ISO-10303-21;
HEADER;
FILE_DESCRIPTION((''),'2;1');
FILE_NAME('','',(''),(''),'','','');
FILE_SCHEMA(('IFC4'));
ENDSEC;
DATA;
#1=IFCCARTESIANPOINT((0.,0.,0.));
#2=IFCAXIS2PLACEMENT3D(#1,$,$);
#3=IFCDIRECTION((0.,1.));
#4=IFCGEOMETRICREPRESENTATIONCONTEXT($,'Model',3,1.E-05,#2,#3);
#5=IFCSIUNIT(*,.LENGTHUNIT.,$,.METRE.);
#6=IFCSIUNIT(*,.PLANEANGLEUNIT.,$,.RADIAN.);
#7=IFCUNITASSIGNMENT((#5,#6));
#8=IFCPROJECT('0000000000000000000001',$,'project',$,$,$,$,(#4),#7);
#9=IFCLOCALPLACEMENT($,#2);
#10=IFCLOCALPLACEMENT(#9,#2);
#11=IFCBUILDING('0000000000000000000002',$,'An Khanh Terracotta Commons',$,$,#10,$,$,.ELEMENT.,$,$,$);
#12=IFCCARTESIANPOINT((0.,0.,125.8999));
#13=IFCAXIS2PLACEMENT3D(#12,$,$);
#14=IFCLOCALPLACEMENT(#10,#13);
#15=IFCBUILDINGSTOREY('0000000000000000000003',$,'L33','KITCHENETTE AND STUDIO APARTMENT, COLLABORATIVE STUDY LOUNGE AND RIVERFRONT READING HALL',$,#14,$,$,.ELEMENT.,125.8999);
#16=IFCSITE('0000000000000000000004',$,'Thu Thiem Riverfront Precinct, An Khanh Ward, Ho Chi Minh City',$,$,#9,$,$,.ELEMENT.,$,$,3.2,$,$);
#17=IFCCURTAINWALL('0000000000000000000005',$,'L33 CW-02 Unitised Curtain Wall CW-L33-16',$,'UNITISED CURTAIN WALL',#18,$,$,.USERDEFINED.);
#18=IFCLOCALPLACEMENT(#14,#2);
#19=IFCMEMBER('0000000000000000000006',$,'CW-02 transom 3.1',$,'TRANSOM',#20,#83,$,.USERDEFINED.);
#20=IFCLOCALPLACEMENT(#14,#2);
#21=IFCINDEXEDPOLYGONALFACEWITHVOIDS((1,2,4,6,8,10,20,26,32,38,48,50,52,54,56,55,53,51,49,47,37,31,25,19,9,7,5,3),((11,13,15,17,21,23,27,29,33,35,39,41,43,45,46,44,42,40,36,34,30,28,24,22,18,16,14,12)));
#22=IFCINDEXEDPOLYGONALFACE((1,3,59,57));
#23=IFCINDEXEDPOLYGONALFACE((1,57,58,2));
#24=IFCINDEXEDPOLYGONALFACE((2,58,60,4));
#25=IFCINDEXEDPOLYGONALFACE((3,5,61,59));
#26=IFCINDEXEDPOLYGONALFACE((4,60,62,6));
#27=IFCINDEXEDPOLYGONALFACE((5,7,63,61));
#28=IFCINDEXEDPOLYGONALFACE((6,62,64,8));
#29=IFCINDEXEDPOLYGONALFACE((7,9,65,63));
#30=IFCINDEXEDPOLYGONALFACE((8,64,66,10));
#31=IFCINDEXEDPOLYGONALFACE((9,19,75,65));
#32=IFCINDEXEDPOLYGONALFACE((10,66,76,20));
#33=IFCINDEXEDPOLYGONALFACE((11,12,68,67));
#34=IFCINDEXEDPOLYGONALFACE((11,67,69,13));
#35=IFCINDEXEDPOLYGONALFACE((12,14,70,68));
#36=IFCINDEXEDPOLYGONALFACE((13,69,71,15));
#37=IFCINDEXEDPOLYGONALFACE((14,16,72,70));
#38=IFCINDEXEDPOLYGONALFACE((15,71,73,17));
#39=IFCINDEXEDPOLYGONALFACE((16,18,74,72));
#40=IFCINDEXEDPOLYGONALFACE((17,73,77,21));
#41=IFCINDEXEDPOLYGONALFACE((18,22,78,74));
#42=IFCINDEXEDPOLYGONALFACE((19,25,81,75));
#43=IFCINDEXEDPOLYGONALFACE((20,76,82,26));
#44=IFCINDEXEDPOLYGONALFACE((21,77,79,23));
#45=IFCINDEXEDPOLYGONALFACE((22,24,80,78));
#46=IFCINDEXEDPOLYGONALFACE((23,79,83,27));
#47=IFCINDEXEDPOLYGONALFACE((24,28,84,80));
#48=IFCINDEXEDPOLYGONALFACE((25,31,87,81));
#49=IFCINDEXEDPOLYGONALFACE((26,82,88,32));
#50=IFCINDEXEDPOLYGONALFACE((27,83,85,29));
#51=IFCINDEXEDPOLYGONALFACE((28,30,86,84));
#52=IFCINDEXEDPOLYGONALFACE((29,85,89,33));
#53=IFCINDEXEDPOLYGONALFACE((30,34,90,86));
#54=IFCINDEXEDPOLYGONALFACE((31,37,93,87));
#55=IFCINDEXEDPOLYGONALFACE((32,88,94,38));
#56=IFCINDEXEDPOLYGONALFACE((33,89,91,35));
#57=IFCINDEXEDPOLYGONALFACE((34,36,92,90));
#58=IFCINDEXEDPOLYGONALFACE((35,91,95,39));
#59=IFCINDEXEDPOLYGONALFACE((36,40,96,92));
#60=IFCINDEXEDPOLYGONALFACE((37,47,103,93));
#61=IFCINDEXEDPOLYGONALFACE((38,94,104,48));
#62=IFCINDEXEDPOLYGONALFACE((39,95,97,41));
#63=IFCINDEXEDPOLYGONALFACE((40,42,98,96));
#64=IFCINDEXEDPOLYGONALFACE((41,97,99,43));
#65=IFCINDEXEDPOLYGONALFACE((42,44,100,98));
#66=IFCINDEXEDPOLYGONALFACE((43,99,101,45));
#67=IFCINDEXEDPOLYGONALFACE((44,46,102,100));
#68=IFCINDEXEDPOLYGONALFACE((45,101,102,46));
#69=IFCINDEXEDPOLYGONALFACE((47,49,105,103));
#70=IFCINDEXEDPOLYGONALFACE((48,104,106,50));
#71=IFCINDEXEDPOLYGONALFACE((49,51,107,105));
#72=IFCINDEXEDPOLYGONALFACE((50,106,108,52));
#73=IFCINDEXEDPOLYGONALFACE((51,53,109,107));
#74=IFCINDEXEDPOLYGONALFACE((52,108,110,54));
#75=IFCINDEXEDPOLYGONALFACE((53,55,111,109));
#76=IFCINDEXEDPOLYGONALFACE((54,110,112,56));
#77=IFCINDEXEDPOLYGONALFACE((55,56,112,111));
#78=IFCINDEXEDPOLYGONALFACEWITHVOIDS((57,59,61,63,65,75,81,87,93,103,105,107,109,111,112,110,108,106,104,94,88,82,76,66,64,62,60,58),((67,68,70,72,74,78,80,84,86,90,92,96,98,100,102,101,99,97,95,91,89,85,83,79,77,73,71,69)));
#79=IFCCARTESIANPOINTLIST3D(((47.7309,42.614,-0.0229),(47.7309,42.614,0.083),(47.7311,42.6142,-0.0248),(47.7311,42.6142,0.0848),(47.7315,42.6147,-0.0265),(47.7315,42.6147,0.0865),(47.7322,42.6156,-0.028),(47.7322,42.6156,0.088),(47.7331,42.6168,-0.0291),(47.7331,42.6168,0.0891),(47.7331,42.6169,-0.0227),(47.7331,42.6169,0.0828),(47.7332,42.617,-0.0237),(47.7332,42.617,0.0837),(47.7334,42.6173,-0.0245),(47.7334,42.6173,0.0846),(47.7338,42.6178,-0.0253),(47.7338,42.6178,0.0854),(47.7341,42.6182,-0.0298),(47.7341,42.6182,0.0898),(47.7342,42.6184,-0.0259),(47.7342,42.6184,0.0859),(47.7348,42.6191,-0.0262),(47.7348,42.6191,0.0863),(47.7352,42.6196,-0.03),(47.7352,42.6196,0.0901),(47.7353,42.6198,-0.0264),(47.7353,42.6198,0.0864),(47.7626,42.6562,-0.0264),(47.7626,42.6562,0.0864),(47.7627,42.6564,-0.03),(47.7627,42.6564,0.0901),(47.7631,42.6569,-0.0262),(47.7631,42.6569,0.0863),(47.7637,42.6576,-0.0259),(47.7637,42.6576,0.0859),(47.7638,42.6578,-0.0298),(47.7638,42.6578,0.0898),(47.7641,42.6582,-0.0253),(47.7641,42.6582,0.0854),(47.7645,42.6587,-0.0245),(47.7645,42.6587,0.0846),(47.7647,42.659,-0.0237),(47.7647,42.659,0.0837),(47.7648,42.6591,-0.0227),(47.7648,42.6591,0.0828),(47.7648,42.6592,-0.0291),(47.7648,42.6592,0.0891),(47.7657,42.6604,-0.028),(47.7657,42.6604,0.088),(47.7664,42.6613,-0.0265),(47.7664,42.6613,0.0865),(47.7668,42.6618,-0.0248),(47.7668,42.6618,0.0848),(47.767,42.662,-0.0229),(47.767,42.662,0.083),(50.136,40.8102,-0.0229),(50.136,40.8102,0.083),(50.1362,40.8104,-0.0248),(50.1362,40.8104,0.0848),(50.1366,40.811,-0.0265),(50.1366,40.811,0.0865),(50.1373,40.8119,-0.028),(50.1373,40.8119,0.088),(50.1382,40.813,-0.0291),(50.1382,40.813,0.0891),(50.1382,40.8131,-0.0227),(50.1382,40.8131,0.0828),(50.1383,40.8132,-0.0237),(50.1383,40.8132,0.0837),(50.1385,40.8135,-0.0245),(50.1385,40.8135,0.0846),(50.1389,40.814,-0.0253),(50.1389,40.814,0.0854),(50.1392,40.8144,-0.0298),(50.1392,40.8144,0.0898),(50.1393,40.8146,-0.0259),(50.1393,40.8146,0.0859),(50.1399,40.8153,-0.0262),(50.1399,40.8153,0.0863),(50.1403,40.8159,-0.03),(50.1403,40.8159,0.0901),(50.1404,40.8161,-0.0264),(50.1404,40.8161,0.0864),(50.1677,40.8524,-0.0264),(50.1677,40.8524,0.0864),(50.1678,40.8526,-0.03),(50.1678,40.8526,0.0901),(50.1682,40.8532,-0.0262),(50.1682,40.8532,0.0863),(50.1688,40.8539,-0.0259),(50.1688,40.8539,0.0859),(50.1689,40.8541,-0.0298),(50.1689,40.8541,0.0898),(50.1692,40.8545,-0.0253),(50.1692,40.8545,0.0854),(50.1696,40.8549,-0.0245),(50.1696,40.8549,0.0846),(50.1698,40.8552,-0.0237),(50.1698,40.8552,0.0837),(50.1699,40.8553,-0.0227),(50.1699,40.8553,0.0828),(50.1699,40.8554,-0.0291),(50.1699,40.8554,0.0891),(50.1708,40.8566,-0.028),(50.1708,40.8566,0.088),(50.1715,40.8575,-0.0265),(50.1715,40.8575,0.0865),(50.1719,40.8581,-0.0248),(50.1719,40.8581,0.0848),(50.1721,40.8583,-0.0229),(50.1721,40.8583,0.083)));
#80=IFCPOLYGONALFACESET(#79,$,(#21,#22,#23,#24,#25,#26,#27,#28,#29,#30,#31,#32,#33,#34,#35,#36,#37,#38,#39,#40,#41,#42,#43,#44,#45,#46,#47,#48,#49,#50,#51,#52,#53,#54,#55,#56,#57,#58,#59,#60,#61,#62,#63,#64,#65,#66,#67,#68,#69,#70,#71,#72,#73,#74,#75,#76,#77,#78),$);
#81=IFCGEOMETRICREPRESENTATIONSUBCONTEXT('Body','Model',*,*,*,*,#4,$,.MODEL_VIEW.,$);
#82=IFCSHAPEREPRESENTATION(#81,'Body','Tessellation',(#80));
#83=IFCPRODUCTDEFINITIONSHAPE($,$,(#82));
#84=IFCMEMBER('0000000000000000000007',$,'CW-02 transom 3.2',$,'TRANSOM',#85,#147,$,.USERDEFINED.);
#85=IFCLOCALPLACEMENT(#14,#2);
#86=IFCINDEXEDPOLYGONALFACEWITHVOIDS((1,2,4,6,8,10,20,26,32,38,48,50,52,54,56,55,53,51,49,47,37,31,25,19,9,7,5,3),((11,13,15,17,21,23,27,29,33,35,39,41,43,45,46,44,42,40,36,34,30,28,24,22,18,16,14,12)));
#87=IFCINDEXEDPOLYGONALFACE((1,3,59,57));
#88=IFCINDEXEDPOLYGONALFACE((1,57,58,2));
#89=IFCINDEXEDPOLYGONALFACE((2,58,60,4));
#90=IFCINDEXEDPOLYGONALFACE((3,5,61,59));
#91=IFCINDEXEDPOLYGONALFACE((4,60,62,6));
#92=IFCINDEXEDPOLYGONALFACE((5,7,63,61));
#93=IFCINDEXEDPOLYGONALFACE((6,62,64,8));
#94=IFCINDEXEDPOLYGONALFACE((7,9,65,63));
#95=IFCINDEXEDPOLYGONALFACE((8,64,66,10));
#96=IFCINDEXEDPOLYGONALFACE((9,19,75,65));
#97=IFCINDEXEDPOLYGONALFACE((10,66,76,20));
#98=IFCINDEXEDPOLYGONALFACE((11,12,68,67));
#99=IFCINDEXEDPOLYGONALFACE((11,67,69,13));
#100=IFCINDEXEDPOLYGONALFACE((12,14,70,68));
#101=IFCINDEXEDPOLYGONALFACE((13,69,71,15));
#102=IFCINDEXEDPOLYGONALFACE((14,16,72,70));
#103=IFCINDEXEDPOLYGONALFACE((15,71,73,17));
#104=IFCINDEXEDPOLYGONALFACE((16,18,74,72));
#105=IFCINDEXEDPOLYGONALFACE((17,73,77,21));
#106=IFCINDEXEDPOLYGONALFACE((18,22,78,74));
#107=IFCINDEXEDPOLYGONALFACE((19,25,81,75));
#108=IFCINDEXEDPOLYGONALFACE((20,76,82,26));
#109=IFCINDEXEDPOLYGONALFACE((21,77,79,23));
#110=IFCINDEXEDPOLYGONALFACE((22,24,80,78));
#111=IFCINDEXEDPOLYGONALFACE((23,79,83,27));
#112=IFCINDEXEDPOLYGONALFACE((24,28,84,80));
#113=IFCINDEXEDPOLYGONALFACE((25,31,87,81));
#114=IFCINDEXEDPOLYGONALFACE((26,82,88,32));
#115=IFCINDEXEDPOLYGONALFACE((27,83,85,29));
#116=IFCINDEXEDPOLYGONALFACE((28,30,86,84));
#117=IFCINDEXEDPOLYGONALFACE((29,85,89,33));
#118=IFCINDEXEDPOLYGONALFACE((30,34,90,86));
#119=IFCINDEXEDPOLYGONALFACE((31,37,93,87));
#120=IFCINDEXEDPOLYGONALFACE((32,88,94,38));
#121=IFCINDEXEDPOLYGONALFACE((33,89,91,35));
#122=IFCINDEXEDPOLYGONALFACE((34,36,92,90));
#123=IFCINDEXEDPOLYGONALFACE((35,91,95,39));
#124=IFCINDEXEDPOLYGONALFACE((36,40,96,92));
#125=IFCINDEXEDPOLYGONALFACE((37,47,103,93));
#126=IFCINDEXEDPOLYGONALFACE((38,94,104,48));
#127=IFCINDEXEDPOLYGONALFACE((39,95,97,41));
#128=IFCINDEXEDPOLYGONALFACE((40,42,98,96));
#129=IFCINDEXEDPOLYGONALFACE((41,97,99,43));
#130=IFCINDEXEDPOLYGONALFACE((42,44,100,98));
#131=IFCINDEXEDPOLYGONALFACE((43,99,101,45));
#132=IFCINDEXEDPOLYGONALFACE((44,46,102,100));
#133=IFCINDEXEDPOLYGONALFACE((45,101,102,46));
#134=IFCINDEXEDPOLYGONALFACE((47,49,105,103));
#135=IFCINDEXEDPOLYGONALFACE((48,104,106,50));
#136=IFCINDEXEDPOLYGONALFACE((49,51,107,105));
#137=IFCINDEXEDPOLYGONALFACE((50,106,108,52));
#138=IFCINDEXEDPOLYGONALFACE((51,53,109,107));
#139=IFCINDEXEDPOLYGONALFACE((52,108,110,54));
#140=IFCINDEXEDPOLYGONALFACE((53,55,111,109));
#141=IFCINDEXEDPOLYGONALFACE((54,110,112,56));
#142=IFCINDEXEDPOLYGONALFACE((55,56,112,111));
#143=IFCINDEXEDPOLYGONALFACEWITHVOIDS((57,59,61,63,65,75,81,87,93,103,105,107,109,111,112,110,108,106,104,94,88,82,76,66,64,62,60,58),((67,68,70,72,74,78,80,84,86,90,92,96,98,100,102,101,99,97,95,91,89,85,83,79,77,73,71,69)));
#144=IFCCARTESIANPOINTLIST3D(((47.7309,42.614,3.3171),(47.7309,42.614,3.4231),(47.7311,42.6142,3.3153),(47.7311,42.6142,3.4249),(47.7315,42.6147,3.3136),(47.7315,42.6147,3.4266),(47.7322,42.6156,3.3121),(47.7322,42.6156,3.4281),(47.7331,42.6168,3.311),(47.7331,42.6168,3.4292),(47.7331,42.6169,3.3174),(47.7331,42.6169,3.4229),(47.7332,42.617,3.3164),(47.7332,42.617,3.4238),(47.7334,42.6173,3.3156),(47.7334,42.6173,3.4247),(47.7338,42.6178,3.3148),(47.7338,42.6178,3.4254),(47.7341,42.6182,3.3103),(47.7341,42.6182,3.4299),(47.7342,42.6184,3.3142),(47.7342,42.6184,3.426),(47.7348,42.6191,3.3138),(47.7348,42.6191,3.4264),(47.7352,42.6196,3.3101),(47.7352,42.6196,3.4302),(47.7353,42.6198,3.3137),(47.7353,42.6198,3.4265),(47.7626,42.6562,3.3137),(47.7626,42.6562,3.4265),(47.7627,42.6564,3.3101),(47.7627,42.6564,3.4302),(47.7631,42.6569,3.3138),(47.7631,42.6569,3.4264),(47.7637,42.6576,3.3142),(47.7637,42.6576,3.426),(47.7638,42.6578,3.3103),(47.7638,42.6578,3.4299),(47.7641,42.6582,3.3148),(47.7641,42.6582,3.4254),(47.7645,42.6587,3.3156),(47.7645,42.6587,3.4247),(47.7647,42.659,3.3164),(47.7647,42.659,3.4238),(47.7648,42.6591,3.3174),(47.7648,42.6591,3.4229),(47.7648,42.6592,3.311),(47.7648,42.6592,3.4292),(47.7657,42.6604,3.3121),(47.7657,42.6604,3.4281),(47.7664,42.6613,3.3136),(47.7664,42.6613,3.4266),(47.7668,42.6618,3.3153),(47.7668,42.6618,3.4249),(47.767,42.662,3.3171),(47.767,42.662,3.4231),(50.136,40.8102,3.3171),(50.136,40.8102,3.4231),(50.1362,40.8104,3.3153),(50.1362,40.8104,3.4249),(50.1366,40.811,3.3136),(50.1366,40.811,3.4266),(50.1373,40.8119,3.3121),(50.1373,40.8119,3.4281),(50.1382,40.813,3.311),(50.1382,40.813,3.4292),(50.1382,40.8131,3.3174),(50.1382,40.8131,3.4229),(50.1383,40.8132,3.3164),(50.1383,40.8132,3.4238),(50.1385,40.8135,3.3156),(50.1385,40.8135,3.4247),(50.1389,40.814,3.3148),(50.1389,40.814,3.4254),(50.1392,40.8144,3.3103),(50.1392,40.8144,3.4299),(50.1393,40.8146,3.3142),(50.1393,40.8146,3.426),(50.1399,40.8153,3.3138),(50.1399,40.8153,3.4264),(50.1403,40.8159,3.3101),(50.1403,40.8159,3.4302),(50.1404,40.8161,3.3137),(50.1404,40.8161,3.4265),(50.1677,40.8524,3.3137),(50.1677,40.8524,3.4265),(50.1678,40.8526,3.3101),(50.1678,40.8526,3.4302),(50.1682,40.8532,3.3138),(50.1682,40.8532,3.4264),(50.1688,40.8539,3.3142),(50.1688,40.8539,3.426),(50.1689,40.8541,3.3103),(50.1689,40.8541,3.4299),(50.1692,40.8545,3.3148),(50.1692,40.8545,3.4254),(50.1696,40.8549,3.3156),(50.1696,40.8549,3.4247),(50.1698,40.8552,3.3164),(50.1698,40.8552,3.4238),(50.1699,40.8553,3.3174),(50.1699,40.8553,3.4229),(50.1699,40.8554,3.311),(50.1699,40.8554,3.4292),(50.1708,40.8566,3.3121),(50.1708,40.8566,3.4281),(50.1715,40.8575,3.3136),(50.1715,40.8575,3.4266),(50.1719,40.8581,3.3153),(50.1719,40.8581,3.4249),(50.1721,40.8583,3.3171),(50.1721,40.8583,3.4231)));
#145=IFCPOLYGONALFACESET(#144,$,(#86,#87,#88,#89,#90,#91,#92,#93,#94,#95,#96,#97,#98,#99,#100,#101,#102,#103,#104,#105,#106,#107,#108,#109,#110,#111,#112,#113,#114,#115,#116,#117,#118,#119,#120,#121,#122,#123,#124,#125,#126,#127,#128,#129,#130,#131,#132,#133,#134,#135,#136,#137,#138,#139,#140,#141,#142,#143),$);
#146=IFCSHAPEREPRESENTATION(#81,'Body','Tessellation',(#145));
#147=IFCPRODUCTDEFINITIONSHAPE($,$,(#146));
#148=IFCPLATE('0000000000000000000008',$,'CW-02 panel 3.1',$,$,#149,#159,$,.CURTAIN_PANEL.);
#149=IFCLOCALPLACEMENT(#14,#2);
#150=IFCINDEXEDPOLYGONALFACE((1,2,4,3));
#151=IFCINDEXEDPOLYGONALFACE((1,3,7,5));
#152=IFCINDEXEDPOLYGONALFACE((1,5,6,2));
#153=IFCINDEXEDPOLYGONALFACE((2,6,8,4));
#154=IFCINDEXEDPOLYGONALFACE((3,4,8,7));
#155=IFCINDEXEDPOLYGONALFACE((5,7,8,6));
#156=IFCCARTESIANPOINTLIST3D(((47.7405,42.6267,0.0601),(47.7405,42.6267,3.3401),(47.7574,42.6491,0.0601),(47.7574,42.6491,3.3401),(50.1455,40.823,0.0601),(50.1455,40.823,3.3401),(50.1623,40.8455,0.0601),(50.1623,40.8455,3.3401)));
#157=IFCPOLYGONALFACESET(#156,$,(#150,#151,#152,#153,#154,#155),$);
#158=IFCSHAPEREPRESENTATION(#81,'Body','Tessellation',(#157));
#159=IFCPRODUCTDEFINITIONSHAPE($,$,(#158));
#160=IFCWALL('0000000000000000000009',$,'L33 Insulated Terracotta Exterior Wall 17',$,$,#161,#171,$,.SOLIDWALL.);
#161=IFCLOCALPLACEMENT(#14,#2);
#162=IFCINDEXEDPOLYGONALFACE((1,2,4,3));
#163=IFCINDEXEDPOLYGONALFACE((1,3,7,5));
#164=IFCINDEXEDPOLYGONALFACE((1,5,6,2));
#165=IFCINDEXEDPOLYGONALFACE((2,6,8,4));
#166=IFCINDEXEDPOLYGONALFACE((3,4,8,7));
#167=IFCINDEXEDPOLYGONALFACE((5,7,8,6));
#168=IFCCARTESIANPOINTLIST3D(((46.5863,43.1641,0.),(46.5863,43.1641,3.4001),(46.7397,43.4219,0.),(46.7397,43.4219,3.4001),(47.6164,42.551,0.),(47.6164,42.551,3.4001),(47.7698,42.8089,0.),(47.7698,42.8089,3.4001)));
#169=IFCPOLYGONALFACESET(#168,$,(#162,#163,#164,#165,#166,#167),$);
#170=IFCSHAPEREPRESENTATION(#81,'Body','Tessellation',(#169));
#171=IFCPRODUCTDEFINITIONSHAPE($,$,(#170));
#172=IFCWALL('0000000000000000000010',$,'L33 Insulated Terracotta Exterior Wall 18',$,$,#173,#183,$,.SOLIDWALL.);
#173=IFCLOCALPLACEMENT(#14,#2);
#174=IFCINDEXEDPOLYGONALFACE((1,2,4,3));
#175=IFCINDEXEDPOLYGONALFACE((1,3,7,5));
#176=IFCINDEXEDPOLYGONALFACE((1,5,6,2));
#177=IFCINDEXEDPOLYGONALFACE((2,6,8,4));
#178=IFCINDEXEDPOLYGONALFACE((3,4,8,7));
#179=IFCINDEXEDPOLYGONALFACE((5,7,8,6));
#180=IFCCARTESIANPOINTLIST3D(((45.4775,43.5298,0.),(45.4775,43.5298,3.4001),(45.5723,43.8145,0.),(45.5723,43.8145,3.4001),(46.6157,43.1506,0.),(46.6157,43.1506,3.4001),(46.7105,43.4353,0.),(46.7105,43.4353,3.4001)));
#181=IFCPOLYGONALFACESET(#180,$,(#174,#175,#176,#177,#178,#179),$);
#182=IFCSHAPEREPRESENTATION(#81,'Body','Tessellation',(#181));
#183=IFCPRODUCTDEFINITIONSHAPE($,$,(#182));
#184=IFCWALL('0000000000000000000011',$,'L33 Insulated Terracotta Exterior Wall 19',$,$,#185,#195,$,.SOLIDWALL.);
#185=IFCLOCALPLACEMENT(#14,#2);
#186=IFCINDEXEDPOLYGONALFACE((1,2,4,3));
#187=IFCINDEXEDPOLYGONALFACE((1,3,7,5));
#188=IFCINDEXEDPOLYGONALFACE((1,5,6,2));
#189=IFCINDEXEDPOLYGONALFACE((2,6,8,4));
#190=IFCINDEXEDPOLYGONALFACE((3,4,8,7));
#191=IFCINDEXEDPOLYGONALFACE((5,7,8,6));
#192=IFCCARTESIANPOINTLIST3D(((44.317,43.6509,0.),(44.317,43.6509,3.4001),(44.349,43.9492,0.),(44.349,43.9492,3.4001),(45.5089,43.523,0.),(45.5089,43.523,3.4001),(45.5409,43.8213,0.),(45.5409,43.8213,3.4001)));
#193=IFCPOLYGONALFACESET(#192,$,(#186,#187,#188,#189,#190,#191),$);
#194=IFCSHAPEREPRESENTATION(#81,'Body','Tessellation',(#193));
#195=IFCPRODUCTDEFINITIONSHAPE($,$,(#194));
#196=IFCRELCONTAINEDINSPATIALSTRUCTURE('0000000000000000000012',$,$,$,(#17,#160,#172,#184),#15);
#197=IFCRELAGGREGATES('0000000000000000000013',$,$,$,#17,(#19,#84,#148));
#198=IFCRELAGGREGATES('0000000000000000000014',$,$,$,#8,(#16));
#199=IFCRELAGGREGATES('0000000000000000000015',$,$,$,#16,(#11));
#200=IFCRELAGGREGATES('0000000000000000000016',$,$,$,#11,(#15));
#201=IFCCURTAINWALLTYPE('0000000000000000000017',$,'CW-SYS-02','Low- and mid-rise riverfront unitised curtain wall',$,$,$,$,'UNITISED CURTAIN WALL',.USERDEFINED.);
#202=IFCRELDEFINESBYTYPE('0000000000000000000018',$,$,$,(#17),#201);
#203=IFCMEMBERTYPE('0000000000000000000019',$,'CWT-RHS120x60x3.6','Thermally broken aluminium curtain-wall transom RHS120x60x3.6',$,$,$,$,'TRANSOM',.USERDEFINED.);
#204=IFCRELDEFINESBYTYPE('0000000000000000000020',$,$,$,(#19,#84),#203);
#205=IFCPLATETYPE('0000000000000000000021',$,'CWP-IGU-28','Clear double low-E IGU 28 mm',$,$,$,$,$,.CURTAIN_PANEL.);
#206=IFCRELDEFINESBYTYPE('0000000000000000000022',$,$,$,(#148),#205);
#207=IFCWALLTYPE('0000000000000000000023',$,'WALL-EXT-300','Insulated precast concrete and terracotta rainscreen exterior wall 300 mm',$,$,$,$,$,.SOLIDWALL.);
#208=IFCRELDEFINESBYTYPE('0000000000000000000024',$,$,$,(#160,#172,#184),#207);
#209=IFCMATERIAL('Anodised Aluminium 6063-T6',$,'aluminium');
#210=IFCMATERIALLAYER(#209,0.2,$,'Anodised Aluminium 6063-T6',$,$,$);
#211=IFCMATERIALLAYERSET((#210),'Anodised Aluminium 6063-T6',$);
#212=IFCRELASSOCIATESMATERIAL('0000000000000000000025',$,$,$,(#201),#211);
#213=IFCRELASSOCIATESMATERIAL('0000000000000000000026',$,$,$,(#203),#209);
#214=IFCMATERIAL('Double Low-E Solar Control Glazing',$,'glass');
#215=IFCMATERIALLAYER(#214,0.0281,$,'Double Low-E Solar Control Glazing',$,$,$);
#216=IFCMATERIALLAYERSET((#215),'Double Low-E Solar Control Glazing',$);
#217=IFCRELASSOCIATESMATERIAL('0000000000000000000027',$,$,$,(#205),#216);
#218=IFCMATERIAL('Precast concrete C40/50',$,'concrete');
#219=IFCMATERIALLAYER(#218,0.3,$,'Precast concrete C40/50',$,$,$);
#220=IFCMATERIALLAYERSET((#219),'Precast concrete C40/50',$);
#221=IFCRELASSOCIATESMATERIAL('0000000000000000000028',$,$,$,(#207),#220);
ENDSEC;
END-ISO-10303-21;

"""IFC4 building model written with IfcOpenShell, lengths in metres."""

from ifc_helpers import new_model, si_unit, direction, frame, frame_2d, origin, origin_2d, place, context, subcontext, project, spatial, rectangle, hollow_rectangle, extrude, material, layer, layer_set, material_profile, profile_set, type_object, element, aggregate, save


model = new_model("IFC4")

# Units and contexts
model_context = context("Model", 3, precision=1e-05, world=origin(), true_north=direction((0.0, 1.0)))
body_context = subcontext(model_context, "Body", "Model", "MODEL_VIEW")
ifc_project = project(units=[si_unit("LENGTHUNIT", "METRE"), si_unit("PLANEANGLEUNIT", "RADIAN")], contexts=[model_context])

# Site, building, storey
site_placement = place(None, origin())
site = spatial("IfcSite", under=ifc_project, at=site_placement, Name="Thu Thiem Riverfront Precinct, An Khanh Ward, Ho Chi Minh City", CompositionType="ELEMENT", RefElevation=3.2)
building_placement = place(site_placement, origin())
building = spatial("IfcBuilding", under=site, at=building_placement, Name="An Khanh Terracotta Commons", CompositionType="ELEMENT")
storey_placement = place(building_placement, frame((0.0, 0.0, 125.8999)))
storey = spatial("IfcBuildingStorey", under=building, at=storey_placement, Name="L33", Description="KITCHENETTE AND STUDIO APARTMENT, COLLABORATIVE STUDY LOUNGE AND RIVERFRONT READING HALL", CompositionType="ELEMENT", Elevation=125.8999)

# Curtain wall, members, plate
ifc_material_1 = material(Name="Anodised Aluminium 6063-T6", Category="aluminium")
ifc_layer_1 = layer(ifc_material_1, 0.2, Name="Anodised Aluminium 6063-T6")
ifc_layer_set_1 = layer_set([ifc_layer_1], Name="Anodised Aluminium 6063-T6")
curtain_wall_type = type_object("IfcCurtainWallType", Name="CW-SYS-02", Description="Low- and mid-rise riverfront unitised curtain wall", ElementType="UNITISED CURTAIN WALL", PredefinedType="USERDEFINED", material=ifc_layer_set_1)
curtain_wall_placement = place(storey_placement, origin())
curtain_wall = element("IfcCurtainWall", 1, at=curtain_wall_placement, inside=storey, type_object=curtain_wall_type, Name="L33 CW-02 Unitised Curtain Wall CW-L33-16", ObjectType="UNITISED CURTAIN WALL", PredefinedType="USERDEFINED")
ifc_material_profile_1 = material_profile(ifc_material_1, hollow_rectangle(XDim=0.0601, YDim=0.1201, WallThickness=0.0037, InnerFilletRadius=0.0037, OuterFilletRadius=0.0071, at=origin_2d()), Name="RHS120x60x3.6")
ifc_profile_set_1 = profile_set([ifc_material_profile_1], Name="Anodised Aluminium 6063-T6")
member_type_1 = type_object("IfcMemberType", Name="CWT-RHS120x60x3.6", Description="Thermally broken aluminium curtain-wall transom RHS120x60x3.6", ElementType="TRANSOM", PredefinedType="USERDEFINED", material=ifc_profile_set_1)
member_1_placement = place(storey_placement, frame((50.1541, 40.8342, 0.03), z_axis=(-0.80001, 0.599987, 0.0), x_axis=(-0.599987, -0.80001, 0.0)))
member_1 = element("IfcMember", 2, at=member_1_placement, type_object=member_type_1, Name="CW-02 transom 3.1", ObjectType="TRANSOM", PredefinedType="USERDEFINED", context=body_context, shape_type="SweptSolid", body=[
    extrude(hollow_rectangle(XDim=0.0601, YDim=0.1201, WallThickness=0.0037, InnerFilletRadius=0.0037, OuterFilletRadius=0.0071, at=origin_2d()), origin(), (0.0, 0.0, 1.0), 3.0063),
])
member_2_placement = place(storey_placement, frame((50.1541, 40.8342, 3.3701), z_axis=(-0.80001, 0.599987, 0.0), x_axis=(-0.599987, -0.80001, 0.0)))
member_2 = element("IfcMember", 3, at=member_2_placement, type_object=member_type_1, Name="CW-02 transom 3.2", ObjectType="TRANSOM", PredefinedType="USERDEFINED", context=body_context, shape_type="SweptSolid", body=[
    extrude(hollow_rectangle(XDim=0.0601, YDim=0.1201, WallThickness=0.0037, InnerFilletRadius=0.0037, OuterFilletRadius=0.0071, at=origin_2d()), origin(), (0.0, 0.0, 1.0), 3.0063),
])
ifc_material_2 = material(Name="Double Low-E Solar Control Glazing", Category="glass")
ifc_layer_2 = layer(ifc_material_2, 0.0281, Name="Double Low-E Solar Control Glazing")
ifc_layer_set_2 = layer_set([ifc_layer_2], Name="Double Low-E Solar Control Glazing")
plate_type = type_object("IfcPlateType", Name="CWP-IGU-28", Description="Clear double low-E IGU 28 mm", PredefinedType="CURTAIN_PANEL", material=ifc_layer_set_2)
plate_placement = place(storey_placement, frame((48.9514, 41.7361, 0.0601), z_axis=(0.0, 0.0, 1.0), x_axis=(-0.800013, 0.599983, 0.0)))
plate = element("IfcPlate", 4, at=plate_placement, type_object=plate_type, Name="CW-02 panel 3.1", PredefinedType="CURTAIN_PANEL", context=body_context, shape_type="SweptSolid", body=[
    extrude(rectangle(XDim=3.0061, YDim=0.0281, at=origin_2d()), origin(), (0.0, 0.0, 1.0), 3.28),
])
aggregate(curtain_wall, [member_1, member_2, plate])

# Walls
ifc_material_3 = material(Name="Precast concrete C40/50", Category="concrete")
ifc_layer_3 = layer(ifc_material_3, 0.3, Name="Precast concrete C40/50")
ifc_layer_set_3 = layer_set([ifc_layer_3], Name="Precast concrete C40/50")
wall_type_1 = type_object("IfcWallType", Name="WALL-EXT-300", Description="Insulated precast concrete and terracotta rainscreen exterior wall 300 mm", PredefinedType="SOLIDWALL", material=ifc_layer_set_3)
wall_1_placement = place(storey_placement, frame((47.6931, 42.6799, 0.0), z_axis=(0.0, 0.0, 1.0), x_axis=(-0.859321, 0.511437, 0.0)))
element("IfcWall", 5, at=wall_1_placement, inside=storey, type_object=wall_type_1, Name="L33 Insulated Terracotta Exterior Wall 17", PredefinedType="SOLIDWALL", context=body_context, shape_type="SweptSolid", body=[
    extrude(rectangle(XDim=1.1987, YDim=0.3, at=frame_2d((0.5994, 0.0))), origin(), (0.0, 0.0, 1.0), 3.4001),
])
wall_2_placement = place(storey_placement, frame((46.6631, 43.293, 0.0), z_axis=(0.0, 0.0, 1.0), x_axis=(-0.948744, 0.316045, 0.0)))
element("IfcWall", 6, at=wall_2_placement, inside=storey, type_object=wall_type_1, Name="L33 Insulated Terracotta Exterior Wall 18", PredefinedType="SOLIDWALL", context=body_context, shape_type="SweptSolid", body=[
    extrude(rectangle(XDim=1.1997, YDim=0.3, at=frame_2d((0.5999, 0.0))), origin(), (0.0, 0.0, 1.0), 3.4001),
])
wall_3_placement = place(storey_placement, frame((45.5249, 43.6721, 0.0), z_axis=(0.0, 0.0, 1.0), x_axis=(-0.994289, 0.10672, 0.0)))
element("IfcWall", 7, at=wall_3_placement, inside=storey, type_object=wall_type_1, Name="L33 Insulated Terracotta Exterior Wall 19", PredefinedType="SOLIDWALL", context=body_context, shape_type="SweptSolid", body=[
    extrude(rectangle(XDim=1.1987, YDim=0.3, at=frame_2d((0.5994, 0.0))), origin(), (0.0, 0.0, 1.0), 3.4001),
])

save(model, "model.ifc")
